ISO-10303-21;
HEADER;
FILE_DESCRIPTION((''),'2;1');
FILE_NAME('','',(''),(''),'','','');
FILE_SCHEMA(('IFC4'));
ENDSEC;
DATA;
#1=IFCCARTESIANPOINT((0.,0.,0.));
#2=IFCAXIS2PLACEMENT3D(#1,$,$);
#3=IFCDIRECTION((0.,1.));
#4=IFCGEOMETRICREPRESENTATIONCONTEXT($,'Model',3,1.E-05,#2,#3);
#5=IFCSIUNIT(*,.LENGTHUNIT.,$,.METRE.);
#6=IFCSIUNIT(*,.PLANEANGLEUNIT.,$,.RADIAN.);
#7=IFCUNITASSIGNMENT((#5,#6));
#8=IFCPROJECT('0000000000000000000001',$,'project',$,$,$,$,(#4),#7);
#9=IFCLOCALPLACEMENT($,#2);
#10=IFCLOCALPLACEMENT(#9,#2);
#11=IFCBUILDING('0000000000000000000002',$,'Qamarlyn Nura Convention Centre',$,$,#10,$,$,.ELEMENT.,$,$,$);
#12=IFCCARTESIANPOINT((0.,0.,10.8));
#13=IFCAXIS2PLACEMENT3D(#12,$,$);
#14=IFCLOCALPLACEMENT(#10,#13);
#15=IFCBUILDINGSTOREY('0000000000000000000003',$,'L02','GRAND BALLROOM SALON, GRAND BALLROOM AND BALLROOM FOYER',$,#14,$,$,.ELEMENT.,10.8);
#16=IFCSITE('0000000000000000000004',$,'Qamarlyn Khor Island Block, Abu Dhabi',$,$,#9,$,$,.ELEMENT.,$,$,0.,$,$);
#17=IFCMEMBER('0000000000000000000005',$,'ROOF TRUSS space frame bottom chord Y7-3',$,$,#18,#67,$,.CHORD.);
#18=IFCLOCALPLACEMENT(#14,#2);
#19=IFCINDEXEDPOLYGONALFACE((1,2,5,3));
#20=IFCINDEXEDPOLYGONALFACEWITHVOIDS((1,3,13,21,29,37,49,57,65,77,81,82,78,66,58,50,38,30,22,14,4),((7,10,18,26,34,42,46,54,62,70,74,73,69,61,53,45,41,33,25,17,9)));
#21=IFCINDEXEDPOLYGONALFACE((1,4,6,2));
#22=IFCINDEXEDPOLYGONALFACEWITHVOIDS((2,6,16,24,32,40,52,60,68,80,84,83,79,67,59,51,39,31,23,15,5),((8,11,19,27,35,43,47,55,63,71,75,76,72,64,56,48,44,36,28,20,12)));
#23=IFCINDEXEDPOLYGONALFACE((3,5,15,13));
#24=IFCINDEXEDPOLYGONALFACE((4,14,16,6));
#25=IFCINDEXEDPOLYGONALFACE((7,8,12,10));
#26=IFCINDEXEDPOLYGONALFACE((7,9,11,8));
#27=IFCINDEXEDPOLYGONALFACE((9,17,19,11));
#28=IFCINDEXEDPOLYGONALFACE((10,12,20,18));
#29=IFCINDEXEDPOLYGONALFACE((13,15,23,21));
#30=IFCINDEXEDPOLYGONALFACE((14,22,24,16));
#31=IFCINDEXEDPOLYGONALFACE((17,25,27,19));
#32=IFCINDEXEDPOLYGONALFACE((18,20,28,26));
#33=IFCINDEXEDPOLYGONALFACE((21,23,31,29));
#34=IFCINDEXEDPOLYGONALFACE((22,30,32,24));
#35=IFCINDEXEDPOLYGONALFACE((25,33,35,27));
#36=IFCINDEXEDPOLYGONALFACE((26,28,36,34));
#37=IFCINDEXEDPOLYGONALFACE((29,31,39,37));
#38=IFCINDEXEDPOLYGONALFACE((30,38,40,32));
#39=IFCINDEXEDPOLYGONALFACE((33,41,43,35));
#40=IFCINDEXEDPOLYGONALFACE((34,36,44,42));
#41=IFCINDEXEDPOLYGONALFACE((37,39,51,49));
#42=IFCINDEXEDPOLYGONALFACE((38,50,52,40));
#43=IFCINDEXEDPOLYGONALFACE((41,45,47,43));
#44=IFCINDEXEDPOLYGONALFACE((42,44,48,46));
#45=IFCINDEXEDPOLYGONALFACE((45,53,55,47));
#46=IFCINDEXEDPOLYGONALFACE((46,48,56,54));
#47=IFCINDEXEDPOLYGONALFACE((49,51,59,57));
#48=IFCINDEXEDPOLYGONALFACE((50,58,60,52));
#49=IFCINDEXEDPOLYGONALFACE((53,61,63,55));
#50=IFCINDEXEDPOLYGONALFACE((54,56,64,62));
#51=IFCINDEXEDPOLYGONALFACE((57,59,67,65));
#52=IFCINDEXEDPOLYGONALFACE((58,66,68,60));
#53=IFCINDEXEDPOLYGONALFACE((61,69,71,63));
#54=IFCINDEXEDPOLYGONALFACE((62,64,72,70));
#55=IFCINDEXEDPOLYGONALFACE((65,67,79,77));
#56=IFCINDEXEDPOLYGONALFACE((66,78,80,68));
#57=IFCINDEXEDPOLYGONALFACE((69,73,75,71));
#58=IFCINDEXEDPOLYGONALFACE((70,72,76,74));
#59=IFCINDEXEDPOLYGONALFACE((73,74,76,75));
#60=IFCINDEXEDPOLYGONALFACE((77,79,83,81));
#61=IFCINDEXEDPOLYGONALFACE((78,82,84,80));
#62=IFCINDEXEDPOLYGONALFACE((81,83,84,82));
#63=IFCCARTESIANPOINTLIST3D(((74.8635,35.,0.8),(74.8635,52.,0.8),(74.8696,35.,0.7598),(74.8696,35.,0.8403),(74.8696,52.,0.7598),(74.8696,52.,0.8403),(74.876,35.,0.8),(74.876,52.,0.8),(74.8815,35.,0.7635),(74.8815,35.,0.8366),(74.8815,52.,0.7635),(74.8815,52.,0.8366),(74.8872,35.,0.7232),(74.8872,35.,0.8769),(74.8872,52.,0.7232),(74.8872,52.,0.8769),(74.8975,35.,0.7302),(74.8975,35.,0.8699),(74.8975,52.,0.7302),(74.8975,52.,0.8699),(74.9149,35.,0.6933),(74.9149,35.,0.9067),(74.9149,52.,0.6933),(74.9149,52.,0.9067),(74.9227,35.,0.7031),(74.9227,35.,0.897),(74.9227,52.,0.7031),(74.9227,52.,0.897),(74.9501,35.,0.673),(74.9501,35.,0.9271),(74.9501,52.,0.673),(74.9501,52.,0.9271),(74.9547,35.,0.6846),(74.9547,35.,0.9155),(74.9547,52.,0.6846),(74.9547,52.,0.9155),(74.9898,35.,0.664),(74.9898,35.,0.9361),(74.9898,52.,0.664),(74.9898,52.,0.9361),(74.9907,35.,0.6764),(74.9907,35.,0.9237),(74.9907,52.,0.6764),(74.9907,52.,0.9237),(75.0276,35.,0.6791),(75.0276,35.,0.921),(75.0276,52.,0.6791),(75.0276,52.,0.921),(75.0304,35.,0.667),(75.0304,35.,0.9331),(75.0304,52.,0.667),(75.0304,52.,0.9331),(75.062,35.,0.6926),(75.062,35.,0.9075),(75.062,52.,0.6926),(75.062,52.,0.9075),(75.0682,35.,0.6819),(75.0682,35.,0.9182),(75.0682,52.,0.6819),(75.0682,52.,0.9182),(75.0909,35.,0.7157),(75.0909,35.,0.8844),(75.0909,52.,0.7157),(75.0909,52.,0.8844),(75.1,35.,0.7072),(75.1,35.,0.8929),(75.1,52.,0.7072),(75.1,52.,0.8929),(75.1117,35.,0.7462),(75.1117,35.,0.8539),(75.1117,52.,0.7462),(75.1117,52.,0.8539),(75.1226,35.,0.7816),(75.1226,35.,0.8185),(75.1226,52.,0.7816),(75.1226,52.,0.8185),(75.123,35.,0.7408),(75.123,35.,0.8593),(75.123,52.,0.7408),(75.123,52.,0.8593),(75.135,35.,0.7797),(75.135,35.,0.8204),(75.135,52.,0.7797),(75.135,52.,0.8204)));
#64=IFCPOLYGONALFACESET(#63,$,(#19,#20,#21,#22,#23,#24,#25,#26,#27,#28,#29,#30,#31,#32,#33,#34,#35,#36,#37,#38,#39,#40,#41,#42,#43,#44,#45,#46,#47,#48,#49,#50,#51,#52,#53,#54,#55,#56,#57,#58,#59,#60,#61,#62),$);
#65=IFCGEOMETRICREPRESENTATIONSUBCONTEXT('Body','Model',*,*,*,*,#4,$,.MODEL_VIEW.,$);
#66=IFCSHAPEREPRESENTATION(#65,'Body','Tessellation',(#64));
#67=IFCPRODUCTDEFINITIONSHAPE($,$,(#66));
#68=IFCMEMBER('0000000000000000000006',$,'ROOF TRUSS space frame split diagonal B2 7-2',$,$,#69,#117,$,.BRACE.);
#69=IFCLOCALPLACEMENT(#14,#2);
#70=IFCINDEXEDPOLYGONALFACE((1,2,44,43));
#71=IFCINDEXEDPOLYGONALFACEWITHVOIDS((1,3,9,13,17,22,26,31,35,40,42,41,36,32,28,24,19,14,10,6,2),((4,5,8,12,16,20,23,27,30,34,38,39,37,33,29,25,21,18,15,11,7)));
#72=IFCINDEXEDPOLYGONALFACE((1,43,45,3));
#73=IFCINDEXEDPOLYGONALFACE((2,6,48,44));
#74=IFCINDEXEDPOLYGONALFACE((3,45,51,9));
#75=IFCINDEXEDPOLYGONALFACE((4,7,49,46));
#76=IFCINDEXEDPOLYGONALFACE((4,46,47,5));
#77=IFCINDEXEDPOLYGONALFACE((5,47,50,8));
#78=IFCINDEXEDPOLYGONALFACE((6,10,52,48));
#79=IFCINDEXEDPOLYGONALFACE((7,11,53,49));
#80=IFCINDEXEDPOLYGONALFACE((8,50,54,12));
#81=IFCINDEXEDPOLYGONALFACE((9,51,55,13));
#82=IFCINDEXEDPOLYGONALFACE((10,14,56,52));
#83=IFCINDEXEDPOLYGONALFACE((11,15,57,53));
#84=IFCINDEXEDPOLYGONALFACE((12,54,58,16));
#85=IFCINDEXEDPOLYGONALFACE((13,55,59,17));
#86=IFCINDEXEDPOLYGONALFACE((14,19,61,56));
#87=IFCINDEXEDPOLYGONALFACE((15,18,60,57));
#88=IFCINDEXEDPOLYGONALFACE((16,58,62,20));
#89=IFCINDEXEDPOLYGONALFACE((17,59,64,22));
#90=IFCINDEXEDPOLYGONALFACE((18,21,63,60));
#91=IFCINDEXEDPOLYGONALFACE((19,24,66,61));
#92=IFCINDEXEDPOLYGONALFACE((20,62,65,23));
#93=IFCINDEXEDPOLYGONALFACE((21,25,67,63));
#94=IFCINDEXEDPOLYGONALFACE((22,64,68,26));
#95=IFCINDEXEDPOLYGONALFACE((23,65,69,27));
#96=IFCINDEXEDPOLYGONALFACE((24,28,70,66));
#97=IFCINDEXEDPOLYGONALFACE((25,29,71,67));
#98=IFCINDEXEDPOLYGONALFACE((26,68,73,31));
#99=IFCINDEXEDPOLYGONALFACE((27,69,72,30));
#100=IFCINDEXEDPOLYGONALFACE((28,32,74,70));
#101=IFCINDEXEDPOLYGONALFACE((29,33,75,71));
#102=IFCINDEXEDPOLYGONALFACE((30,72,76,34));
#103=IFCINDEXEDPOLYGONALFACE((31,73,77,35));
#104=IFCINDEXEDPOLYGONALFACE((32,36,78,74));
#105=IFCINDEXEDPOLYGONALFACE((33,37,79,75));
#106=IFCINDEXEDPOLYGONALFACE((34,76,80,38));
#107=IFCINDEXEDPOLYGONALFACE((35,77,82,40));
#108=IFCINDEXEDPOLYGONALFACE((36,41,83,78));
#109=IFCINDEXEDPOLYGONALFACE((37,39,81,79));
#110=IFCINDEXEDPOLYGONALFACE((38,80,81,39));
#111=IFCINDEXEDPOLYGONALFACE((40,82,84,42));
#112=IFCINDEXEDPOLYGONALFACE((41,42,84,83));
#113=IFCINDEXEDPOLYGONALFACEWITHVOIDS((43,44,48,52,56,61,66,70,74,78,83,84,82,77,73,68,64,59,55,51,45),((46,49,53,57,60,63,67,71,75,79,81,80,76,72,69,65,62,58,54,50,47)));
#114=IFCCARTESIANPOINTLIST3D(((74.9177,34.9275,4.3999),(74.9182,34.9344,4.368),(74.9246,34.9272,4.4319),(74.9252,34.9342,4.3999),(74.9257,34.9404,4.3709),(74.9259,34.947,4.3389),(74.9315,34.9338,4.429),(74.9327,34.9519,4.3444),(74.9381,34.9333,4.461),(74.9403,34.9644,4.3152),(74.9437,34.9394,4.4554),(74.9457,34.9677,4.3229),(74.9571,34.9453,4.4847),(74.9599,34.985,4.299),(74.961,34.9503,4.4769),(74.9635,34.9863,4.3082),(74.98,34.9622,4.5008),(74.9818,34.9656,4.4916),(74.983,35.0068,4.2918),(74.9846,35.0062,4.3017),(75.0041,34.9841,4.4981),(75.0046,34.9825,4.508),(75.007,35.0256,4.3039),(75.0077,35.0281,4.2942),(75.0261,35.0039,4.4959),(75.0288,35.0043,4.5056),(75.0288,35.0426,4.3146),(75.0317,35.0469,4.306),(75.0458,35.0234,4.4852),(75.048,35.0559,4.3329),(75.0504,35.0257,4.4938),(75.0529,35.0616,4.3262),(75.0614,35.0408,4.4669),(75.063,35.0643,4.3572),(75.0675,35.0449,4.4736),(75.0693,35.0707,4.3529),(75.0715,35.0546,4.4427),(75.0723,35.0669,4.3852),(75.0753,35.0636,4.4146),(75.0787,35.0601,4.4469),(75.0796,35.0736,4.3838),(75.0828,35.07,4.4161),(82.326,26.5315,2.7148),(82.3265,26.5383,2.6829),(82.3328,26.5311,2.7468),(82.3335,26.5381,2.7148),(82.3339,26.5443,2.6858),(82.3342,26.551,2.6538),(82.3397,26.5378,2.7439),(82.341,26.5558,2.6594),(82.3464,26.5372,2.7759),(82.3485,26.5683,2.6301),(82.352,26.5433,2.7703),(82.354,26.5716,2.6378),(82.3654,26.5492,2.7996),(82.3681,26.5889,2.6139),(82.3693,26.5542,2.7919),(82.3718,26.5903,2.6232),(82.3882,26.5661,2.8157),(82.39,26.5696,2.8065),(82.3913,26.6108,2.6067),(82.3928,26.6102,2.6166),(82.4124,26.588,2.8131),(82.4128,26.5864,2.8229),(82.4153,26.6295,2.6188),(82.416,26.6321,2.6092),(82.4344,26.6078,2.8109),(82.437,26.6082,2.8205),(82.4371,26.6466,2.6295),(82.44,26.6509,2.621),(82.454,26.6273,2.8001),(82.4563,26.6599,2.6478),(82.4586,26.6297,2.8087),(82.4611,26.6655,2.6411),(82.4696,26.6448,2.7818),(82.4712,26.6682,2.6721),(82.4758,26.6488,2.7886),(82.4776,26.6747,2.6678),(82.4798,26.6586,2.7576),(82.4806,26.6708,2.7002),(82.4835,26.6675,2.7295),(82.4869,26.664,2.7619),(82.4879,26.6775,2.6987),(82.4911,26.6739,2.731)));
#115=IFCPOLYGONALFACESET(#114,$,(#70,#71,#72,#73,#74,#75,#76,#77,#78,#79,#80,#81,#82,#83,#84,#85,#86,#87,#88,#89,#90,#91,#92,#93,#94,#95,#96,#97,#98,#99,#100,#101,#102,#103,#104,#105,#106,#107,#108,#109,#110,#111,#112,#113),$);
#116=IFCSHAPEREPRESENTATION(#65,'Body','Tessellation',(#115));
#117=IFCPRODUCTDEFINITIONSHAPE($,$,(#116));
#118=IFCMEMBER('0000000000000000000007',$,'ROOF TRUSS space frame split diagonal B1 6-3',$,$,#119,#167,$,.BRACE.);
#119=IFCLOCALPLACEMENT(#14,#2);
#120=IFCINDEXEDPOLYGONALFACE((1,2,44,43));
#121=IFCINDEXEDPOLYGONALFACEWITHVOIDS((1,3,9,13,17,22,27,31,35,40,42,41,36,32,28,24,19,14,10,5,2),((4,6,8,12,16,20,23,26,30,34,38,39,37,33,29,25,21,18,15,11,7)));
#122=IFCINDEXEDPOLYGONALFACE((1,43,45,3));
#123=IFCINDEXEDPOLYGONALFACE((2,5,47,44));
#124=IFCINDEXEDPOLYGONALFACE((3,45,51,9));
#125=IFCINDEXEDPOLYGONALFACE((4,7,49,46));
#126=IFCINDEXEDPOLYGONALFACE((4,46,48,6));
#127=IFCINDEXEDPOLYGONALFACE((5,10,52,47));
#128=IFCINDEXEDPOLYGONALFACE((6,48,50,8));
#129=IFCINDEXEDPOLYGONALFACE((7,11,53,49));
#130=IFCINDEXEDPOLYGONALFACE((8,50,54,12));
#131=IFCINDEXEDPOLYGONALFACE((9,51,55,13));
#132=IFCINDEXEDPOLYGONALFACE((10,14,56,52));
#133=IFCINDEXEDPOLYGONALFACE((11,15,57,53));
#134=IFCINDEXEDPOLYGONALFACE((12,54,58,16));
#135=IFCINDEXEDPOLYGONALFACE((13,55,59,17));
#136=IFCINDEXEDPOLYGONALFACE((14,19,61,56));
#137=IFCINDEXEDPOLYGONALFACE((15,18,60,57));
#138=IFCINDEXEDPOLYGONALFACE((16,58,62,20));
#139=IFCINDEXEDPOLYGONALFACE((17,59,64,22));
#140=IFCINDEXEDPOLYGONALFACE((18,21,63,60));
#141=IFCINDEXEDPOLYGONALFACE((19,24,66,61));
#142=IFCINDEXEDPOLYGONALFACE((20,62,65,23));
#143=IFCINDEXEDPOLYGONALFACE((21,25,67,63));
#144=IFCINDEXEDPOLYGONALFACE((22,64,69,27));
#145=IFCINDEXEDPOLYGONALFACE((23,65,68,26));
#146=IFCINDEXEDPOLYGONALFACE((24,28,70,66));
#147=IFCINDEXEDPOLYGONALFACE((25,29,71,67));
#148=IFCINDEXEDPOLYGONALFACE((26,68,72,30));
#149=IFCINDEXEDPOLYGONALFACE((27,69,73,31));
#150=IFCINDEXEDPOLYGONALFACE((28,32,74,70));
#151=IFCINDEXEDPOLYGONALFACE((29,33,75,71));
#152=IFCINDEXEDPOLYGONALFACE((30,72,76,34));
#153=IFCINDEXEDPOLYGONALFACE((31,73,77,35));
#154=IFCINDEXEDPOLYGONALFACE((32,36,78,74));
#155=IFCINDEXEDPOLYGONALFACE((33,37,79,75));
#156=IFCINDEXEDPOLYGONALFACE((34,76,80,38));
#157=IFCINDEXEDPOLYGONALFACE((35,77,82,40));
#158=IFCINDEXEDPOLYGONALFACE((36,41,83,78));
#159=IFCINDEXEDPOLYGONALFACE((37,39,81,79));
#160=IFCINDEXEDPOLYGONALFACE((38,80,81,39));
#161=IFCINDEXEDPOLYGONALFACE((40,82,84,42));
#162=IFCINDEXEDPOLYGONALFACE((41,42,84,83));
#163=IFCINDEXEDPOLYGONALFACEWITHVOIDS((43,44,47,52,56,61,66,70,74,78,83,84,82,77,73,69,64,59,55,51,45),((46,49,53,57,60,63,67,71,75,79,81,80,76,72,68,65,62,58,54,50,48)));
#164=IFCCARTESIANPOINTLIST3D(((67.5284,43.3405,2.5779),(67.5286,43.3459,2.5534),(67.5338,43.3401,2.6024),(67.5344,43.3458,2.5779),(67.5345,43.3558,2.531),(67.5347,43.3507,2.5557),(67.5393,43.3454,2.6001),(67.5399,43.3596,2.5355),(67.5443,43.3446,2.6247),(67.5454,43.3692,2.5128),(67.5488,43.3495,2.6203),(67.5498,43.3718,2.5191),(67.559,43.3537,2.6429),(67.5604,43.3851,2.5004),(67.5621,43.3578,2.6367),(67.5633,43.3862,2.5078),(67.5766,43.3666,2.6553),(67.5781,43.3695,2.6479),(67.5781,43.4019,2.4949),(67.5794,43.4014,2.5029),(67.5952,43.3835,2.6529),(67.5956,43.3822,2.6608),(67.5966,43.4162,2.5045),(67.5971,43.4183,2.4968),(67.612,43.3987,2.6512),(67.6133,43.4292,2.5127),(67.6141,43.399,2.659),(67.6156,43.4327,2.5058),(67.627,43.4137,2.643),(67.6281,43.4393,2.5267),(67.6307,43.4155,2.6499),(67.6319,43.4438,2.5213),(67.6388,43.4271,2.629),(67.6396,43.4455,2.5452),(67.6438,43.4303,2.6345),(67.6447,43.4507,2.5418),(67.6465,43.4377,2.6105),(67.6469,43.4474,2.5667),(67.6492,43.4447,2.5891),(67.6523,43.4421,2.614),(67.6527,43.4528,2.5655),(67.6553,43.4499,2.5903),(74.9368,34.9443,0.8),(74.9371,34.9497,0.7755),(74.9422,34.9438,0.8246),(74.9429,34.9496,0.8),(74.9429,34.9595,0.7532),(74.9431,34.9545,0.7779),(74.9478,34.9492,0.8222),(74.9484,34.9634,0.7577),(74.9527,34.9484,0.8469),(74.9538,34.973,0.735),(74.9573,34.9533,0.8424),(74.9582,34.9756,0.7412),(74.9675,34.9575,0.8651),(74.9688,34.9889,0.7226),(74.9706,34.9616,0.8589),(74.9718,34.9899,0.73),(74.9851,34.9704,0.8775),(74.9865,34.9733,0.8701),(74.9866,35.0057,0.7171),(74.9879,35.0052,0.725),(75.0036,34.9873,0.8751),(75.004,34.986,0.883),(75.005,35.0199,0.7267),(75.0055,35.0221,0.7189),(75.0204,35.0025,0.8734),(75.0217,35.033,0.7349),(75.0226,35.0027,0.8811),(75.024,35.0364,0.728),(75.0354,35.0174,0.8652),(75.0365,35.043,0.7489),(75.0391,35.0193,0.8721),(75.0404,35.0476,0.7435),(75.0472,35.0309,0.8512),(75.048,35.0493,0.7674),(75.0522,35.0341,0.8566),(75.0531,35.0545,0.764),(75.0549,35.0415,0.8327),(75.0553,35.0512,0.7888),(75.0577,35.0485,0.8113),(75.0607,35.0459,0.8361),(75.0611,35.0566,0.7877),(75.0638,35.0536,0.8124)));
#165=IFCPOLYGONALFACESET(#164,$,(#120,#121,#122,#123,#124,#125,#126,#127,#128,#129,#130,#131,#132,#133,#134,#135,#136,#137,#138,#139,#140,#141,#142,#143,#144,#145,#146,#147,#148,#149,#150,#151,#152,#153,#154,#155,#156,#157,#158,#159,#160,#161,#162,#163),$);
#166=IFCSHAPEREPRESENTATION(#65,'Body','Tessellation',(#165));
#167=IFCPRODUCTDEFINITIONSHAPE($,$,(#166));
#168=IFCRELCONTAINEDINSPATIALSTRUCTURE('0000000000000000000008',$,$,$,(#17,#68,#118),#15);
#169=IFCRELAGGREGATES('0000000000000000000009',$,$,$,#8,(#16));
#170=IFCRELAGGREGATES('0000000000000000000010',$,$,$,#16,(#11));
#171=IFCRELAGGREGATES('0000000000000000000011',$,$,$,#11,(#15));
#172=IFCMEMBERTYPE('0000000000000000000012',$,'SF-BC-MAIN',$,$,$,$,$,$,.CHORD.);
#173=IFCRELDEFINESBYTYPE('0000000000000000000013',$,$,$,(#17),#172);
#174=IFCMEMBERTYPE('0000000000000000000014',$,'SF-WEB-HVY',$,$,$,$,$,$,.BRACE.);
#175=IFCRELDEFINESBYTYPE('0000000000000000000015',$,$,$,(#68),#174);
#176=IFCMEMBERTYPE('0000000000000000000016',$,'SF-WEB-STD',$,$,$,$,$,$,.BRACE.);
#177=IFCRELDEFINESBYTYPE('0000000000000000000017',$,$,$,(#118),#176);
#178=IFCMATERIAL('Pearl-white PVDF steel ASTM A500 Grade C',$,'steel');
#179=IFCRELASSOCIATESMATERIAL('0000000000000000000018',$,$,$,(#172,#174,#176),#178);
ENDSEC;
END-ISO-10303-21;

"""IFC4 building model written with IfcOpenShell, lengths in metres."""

from ifc_helpers import new_model, si_unit, direction, frame, origin, origin_2d, place, context, subcontext, project, spatial, hollow_circle, extrude, material, material_profile, profile_set, type_object, element, save


model = new_model("IFC4")

# Units and contexts
model_context = context("Model", 3, precision=1e-05, world=origin(), true_north=direction((0.0, 1.0)))
body_context = subcontext(model_context, "Body", "Model", "MODEL_VIEW")
ifc_project = project(units=[si_unit("LENGTHUNIT", "METRE"), si_unit("PLANEANGLEUNIT", "RADIAN")], contexts=[model_context])

# Site, building, storey
site_placement = place(None, origin())
site = spatial("IfcSite", under=ifc_project, at=site_placement, Name="Qamarlyn Khor Island Block, Abu Dhabi", CompositionType="ELEMENT", RefElevation=0.0)
building_placement = place(site_placement, origin())
building = spatial("IfcBuilding", under=site, at=building_placement, Name="Qamarlyn Nura Convention Centre", CompositionType="ELEMENT")
storey_placement = place(building_placement, frame((0.0, 0.0, 10.8)))
storey = spatial("IfcBuildingStorey", under=building, at=storey_placement, Name="L02", Description="GRAND BALLROOM SALON, GRAND BALLROOM AND BALLROOM FOYER", CompositionType="ELEMENT", Elevation=10.8)

# Members
ifc_material_1 = material(Name="Pearl-white PVDF steel ASTM A500 Grade C", Category="steel")
ifc_material_profile_1 = material_profile(ifc_material_1, hollow_circle(Radius=0.1365, WallThickness=0.0125, at=origin_2d()), Name="CHS273X12.5")
ifc_profile_set_1 = profile_set([ifc_material_profile_1], Name="Pearl-white PVDF steel ASTM A500 Grade C")
member_type_1 = type_object("IfcMemberType", Name="SF-BC-MAIN", PredefinedType="CHORD", material=ifc_profile_set_1)
member_1_placement = place(storey_placement, frame((75.0, 35.0, 0.8), z_axis=(0.0, 1.0, 0.0), x_axis=(-1.0, 0.0, 0.0)))
element("IfcMember", 1, at=member_1_placement, inside=storey, type_object=member_type_1, Name="ROOF TRUSS space frame bottom chord Y7-3", PredefinedType="CHORD", context=body_context, shape_type="SweptSolid", body=[
    extrude(hollow_circle(Radius=0.1365, WallThickness=0.0125, at=origin_2d()), origin(), (0.0, 0.0, 1.0), 17.0),
])
ifc_material_profile_2 = material_profile(ifc_material_1, hollow_circle(Radius=0.1096, WallThickness=0.01, at=origin_2d()), Name="CHS219.1X10")
ifc_profile_set_2 = profile_set([ifc_material_profile_2], Name="Pearl-white PVDF steel ASTM A500 Grade C")
member_type_2 = type_object("IfcMemberType", Name="SF-WEB-HVY", PredefinedType="BRACE", material=ifc_profile_set_2)
member_2_placement = place(storey_placement, frame((82.4082, 26.604, 2.7148), z_axis=(-0.654253, 0.74149, 0.148815), x_axis=(-0.749839, -0.66162, 0.0)))
element("IfcMember", 2, at=member_2_placement, inside=storey, type_object=member_type_2, Name="ROOF TRUSS space frame split diagonal B2 7-2", PredefinedType="BRACE", context=body_context, shape_type="SweptSolid", body=[
    extrude(hollow_circle(Radius=0.1096, WallThickness=0.01, at=origin_2d()), origin(), (0.0, 0.0, 1.0), 11.3232),
])
ifc_material_profile_3 = material_profile(ifc_material_1, hollow_circle(Radius=0.0842, WallThickness=0.0081, at=origin_2d()), Name="CHS168.3X8")
ifc_profile_set_3 = profile_set([ifc_material_profile_3], Name="Pearl-white PVDF steel ASTM A500 Grade C")
member_type_3 = type_object("IfcMemberType", Name="SF-WEB-STD", PredefinedType="BRACE", material=ifc_profile_set_3)
member_3_placement = place(storey_placement, frame((75.0, 35.0, 0.8), z_axis=(-0.653437, 0.740562, 0.156808), x_axis=(-0.749838, -0.661622, 0.0)))
element("IfcMember", 3, at=member_3_placement, inside=storey, type_object=member_type_3, Name="ROOF TRUSS space frame split diagonal B1 6-3", PredefinedType="BRACE", context=body_context, shape_type="SweptSolid", body=[
    extrude(hollow_circle(Radius=0.0842, WallThickness=0.0081, at=origin_2d()), origin(), (0.0, 0.0, 1.0), 11.3376),
])

save(model, "model.ifc")
